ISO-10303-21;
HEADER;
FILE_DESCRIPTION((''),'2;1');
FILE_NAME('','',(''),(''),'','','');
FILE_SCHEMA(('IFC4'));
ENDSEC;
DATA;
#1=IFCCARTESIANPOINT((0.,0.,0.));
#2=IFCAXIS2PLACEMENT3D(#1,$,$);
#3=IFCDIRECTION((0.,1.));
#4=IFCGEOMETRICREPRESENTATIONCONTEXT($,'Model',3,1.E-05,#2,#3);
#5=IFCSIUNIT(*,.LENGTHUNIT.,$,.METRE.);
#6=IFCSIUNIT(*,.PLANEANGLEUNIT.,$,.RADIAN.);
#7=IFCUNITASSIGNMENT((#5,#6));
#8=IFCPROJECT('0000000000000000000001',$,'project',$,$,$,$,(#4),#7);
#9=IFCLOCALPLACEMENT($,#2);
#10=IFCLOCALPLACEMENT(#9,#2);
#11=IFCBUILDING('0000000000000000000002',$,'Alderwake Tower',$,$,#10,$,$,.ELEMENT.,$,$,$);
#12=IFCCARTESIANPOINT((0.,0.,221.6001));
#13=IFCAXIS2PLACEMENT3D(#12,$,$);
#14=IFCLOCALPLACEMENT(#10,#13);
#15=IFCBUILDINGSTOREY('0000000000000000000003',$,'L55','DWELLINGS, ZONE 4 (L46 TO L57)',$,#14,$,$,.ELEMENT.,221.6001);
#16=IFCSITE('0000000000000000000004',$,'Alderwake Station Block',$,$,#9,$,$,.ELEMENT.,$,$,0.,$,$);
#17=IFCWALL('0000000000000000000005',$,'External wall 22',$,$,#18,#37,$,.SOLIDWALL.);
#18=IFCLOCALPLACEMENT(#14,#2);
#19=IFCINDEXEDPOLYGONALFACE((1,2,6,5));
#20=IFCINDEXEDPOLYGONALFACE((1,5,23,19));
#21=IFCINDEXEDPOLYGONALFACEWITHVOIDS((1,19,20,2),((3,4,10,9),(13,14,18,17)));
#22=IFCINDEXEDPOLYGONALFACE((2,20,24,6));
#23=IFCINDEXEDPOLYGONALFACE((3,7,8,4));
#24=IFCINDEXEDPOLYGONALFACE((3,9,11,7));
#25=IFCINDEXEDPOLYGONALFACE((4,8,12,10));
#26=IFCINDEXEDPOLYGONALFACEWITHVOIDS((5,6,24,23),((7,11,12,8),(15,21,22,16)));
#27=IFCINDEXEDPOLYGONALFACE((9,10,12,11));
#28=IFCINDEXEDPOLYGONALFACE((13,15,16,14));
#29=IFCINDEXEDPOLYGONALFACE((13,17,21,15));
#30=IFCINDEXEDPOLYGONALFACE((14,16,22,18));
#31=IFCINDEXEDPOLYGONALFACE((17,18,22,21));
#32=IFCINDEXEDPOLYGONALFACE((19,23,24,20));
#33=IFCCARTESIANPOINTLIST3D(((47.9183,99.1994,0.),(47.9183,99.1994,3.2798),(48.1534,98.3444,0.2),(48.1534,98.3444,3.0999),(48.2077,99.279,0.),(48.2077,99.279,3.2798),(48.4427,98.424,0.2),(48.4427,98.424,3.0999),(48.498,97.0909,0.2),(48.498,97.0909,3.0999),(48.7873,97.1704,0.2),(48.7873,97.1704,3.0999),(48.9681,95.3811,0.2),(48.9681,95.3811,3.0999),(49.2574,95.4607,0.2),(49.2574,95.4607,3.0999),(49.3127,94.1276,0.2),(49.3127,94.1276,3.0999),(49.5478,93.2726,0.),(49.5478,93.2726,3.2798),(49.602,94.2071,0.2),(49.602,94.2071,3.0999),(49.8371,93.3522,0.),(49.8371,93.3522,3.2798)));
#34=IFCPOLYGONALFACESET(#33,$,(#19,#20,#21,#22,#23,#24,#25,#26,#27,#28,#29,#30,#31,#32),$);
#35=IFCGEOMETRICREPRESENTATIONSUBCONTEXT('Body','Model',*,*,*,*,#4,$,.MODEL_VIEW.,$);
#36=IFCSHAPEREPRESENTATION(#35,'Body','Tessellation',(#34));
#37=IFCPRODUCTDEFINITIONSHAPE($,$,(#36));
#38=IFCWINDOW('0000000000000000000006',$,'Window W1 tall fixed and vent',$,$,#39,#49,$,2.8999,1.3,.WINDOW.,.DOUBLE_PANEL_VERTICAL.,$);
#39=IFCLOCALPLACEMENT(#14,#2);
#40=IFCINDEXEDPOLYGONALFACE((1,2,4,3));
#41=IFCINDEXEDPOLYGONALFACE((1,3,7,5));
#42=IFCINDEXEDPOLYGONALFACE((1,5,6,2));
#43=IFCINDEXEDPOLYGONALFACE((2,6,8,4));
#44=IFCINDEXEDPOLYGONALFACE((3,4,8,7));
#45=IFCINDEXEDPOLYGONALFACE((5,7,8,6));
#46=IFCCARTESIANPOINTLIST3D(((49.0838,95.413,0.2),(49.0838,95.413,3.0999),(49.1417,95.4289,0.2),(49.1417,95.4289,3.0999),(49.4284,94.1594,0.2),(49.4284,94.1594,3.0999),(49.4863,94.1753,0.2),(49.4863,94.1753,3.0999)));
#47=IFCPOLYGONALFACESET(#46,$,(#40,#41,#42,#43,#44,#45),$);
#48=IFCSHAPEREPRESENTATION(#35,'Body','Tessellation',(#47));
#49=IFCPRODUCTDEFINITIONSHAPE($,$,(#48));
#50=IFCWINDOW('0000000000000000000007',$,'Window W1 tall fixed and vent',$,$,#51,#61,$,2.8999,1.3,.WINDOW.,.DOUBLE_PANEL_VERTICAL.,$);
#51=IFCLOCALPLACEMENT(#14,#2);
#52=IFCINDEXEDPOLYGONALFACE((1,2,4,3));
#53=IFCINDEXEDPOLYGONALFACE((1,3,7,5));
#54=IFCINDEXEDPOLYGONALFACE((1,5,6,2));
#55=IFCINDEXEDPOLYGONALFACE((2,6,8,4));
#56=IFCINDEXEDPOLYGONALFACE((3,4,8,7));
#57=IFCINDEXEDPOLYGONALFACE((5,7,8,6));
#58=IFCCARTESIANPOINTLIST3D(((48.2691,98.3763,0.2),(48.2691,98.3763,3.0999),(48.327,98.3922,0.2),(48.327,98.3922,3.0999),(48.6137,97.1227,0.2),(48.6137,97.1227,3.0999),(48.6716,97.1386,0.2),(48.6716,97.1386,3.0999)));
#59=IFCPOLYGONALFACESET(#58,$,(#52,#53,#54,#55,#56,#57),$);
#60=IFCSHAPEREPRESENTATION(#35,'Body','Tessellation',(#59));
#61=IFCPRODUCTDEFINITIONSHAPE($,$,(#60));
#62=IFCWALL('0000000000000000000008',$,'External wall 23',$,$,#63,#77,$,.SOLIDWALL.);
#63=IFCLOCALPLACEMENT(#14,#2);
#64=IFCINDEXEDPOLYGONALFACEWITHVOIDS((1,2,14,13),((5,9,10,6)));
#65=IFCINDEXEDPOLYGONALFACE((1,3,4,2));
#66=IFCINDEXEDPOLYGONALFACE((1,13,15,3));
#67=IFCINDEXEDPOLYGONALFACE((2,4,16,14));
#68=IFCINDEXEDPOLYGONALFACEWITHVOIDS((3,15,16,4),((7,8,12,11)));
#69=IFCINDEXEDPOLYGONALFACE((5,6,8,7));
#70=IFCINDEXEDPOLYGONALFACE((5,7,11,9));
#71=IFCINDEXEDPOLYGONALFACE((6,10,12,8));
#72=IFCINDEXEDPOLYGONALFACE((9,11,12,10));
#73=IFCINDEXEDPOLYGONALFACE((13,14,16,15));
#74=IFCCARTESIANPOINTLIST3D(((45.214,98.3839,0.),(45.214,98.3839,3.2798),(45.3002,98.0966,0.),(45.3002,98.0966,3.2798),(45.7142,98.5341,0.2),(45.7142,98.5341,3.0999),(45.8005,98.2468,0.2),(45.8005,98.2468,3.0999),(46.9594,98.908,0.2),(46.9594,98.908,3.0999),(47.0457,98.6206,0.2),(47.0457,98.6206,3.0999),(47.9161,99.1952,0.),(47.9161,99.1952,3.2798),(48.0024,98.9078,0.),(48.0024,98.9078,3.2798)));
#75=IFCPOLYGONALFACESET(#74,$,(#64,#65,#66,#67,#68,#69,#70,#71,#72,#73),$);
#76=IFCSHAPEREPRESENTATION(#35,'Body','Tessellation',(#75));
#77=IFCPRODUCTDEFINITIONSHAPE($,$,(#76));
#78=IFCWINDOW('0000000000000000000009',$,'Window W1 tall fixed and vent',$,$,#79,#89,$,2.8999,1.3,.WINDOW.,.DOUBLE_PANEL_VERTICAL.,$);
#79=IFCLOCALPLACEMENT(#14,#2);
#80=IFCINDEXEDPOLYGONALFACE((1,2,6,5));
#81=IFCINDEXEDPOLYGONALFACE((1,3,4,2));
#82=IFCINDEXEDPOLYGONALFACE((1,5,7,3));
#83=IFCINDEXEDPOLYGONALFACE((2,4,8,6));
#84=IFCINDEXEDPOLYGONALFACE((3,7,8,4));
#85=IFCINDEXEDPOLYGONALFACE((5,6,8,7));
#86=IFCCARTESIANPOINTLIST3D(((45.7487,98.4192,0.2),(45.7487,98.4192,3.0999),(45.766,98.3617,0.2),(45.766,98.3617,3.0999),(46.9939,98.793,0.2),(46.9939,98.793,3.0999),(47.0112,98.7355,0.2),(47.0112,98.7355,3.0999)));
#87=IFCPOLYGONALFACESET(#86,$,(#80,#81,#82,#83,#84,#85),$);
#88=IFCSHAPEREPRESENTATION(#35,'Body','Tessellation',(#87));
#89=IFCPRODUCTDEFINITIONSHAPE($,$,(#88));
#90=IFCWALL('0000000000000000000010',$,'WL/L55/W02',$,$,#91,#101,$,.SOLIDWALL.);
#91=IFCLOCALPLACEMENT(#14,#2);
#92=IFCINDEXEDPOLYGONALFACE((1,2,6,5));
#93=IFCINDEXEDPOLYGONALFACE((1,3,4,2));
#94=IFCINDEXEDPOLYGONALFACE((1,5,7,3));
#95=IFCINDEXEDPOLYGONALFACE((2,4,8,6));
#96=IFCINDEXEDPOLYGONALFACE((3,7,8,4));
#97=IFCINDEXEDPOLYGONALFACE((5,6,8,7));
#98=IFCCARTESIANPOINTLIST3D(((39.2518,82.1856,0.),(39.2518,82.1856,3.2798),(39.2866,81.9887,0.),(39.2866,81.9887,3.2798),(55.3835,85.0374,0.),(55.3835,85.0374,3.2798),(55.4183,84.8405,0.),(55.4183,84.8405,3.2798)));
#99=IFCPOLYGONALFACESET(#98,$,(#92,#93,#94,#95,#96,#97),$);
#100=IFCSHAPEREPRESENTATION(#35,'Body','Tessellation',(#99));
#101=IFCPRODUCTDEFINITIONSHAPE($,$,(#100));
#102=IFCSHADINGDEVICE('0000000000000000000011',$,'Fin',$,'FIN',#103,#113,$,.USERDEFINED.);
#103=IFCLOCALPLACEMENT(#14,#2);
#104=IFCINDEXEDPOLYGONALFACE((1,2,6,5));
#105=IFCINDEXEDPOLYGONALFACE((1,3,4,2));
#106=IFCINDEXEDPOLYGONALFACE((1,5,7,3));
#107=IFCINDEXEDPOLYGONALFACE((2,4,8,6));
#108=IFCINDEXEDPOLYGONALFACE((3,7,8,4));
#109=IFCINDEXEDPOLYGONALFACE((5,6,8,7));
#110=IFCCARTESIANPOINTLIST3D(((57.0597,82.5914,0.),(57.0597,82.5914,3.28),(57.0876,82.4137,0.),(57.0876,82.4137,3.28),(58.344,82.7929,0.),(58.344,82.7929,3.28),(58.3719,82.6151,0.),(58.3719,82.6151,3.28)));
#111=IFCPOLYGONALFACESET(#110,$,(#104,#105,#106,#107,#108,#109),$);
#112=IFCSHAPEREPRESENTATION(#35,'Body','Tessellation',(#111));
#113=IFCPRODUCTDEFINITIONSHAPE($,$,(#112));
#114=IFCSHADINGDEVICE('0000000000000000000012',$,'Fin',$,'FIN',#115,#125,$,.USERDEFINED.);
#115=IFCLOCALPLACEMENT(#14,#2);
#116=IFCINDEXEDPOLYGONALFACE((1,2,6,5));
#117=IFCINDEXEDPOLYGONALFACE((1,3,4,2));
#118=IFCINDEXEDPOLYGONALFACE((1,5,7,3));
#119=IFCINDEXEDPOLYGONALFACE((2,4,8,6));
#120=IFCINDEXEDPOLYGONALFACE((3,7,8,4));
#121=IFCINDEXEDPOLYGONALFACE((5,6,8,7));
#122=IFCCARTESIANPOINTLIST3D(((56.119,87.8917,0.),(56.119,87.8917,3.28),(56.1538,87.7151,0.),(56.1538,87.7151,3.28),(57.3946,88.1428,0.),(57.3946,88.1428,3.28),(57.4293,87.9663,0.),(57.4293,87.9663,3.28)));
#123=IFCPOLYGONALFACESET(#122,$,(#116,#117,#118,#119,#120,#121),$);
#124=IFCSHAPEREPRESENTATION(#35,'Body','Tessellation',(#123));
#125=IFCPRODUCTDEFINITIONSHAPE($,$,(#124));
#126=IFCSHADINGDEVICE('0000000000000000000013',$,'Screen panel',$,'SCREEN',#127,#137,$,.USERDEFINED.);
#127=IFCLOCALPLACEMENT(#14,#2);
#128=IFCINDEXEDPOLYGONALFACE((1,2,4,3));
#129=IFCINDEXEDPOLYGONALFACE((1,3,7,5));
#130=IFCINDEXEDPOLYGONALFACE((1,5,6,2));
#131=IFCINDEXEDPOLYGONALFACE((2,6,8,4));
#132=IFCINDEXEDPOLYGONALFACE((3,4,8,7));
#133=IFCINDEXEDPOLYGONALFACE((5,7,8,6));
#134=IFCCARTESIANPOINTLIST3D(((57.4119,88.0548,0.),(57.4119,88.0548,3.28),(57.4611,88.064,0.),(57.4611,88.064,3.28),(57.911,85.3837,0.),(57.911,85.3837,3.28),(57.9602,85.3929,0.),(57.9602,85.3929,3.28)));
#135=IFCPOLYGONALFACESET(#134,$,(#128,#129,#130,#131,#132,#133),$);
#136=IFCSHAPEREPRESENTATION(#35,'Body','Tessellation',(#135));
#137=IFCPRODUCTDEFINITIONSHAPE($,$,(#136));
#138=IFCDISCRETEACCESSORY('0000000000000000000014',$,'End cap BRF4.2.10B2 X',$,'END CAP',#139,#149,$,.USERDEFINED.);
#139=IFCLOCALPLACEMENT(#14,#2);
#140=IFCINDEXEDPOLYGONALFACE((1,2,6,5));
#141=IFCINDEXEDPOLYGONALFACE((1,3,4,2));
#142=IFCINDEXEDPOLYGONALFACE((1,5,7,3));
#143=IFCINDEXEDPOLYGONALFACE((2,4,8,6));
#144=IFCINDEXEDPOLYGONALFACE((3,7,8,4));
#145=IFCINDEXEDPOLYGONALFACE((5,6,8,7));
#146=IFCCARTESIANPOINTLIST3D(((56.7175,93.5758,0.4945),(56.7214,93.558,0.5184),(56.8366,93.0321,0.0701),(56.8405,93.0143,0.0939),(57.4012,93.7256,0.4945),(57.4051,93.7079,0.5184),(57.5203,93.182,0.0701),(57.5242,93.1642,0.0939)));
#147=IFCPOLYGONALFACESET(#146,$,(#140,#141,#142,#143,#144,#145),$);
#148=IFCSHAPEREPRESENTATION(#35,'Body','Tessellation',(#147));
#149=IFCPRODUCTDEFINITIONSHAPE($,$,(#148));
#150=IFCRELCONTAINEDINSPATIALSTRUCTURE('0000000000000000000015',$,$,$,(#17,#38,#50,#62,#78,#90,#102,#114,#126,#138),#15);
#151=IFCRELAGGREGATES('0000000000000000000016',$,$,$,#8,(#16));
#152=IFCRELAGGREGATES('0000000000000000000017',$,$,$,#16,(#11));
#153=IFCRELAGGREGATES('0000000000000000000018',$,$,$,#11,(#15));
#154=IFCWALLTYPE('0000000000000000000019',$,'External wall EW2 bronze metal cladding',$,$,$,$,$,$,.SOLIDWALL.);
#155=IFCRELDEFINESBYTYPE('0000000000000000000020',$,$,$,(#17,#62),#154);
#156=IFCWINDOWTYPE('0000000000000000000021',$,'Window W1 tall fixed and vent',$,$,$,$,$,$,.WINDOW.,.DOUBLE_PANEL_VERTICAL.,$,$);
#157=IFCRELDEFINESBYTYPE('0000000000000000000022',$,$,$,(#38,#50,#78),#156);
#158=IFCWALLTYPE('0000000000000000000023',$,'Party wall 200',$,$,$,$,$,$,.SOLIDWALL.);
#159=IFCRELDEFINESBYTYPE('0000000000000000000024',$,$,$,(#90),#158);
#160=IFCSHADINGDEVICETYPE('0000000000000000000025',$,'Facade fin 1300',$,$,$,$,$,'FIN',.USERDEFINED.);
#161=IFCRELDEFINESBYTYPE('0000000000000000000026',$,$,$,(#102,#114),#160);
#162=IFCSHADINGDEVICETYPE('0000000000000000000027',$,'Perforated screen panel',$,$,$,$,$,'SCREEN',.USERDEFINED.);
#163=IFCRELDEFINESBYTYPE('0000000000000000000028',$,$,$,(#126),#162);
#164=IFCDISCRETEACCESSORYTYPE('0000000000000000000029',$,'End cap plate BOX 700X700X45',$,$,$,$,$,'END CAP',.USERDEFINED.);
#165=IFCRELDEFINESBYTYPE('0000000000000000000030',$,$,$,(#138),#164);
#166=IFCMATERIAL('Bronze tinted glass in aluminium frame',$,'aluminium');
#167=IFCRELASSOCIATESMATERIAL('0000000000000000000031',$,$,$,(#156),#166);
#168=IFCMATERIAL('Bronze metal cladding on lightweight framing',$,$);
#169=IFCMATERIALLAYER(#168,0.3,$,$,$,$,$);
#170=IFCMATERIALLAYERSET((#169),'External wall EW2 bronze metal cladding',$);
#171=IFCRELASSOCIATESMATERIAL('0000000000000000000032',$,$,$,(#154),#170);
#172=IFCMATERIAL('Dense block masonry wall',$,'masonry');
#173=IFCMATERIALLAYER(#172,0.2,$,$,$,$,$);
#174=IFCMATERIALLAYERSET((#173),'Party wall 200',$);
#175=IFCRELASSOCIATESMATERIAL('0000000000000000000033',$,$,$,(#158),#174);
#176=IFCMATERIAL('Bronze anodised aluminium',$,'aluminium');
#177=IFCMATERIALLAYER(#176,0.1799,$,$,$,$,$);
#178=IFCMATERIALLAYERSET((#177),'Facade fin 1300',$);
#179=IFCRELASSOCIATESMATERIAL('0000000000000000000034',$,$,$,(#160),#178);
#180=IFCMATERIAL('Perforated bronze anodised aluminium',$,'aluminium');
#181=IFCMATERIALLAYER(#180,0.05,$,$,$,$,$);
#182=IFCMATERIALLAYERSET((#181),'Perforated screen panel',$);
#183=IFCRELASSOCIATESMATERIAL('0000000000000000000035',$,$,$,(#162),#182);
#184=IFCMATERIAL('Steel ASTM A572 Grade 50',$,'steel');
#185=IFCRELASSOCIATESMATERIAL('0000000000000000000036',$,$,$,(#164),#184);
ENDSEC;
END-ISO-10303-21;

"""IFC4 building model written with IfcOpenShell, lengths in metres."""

from ifc_helpers import new_model, si_unit, direction, frame, frame_2d, origin, origin_2d, place, context, subcontext, project, spatial, rectangle, extrude, material, layer, layer_set, material_profile, profile_set, type_object, element, fill, save


model = new_model("IFC4")

# Units and contexts
model_context = context("Model", 3, precision=1e-05, world=origin(), true_north=direction((0.0, 1.0)))
body_context = subcontext(model_context, "Body", "Model", "MODEL_VIEW")
ifc_project = project(units=[si_unit("LENGTHUNIT", "METRE"), si_unit("PLANEANGLEUNIT", "RADIAN")], contexts=[model_context])

# Site, building, storey
site_placement = place(None, origin())
site = spatial("IfcSite", under=ifc_project, at=site_placement, Name="Alderwake Station Block", CompositionType="ELEMENT", RefElevation=0.0)
building_placement = place(site_placement, origin())
building = spatial("IfcBuilding", under=site, at=building_placement, Name="Alderwake Tower", CompositionType="ELEMENT")
storey_placement = place(building_placement, frame((0.0, 0.0, 221.6001)))
storey = spatial("IfcBuildingStorey", under=building, at=storey_placement, Name="L55", Description="DWELLINGS, ZONE 4 (L46 TO L57)", CompositionType="ELEMENT", Elevation=221.6001)

# Shared definitions
ifc_material_1 = material(Name="Bronze tinted glass in aluminium frame", Category="aluminium")
window_type = type_object("IfcWindowType", Name="Window W1 tall fixed and vent", PartitioningType="DOUBLE_PANEL_VERTICAL", PredefinedType="WINDOW", material=ifc_material_1)

# Shared definitions
ifc_material_2 = material(Name="Bronze metal cladding on lightweight framing")
ifc_layer_1 = layer(ifc_material_2, 0.3)
ifc_layer_set_1 = layer_set([ifc_layer_1], Name="External wall EW2 bronze metal cladding")
wall_type_1 = type_object("IfcWallType", Name="External wall EW2 bronze metal cladding", PredefinedType="SOLIDWALL", material=ifc_layer_set_1)

# Wall, openings, windows
wall_1_placement = place(storey_placement, frame((49.6924, 93.3125, 0.0), z_axis=(0.0, 0.0, 1.0), x_axis=(-0.265086, 0.964225, 0.0)))
wall_1 = element("IfcWall", 1, at=wall_1_placement, inside=storey, type_object=wall_type_1, Name="External wall 22", PredefinedType="SOLIDWALL", context=body_context, shape_type="SweptSolid", body=[
    extrude(rectangle(XDim=6.1467, YDim=0.3, at=frame_2d((3.0732, 0.0))), origin(), (0.0, 0.0, 1.0), 3.2798),
])
opening_1_placement = place(wall_1_placement, frame((0.8867, 0.0, 0.2)))
opening_1 = element("IfcOpeningElement", 2, at=opening_1_placement, cuts=wall_1, PredefinedType="OPENING", context=body_context, shape_type="SweptSolid", body=[
    extrude(rectangle(XDim=1.3, YDim=2.8999, at=frame_2d((0.6499, 1.45))), frame((0.0, 0.1599, 0.0), z_axis=(0.0, -1.0, 0.0), x_axis=(1.0, 0.0, 0.0)), (0.0, 0.0, 1.0), 0.3201),
])
opening_2_placement = place(wall_1_placement, frame((3.96, 0.0, 0.2)))
opening_2 = element("IfcOpeningElement", 3, at=opening_2_placement, cuts=wall_1, PredefinedType="OPENING", context=body_context, shape_type="SweptSolid", body=[
    extrude(rectangle(XDim=1.3, YDim=2.8999, at=frame_2d((0.6499, 1.45))), frame((0.0, 0.1599, 0.0), z_axis=(0.0, -1.0, 0.0), x_axis=(1.0, 0.0, 0.0)), (0.0, 0.0, 1.0), 0.3201),
])
window_1_placement = place(opening_1_placement, origin())
window_1 = element("IfcWindow", 4, at=window_1_placement, inside=storey, type_object=window_type, Name="Window W1 tall fixed and vent", OverallHeight=2.8999, OverallWidth=1.3, PartitioningType="DOUBLE_PANEL_VERTICAL", PredefinedType="WINDOW", context=body_context, shape_type="SweptSolid", body=[
    extrude(rectangle(XDim=1.3, YDim=2.8999, at=frame_2d((0.6499, 1.45))), frame((0.0, 0.03, 0.0), z_axis=(0.0, -1.0, 0.0), x_axis=(1.0, 0.0, 0.0)), (0.0, 0.0, 1.0), 0.0601),
])
fill(opening_1, window_1)
window_2_placement = place(opening_2_placement, origin())
window_2 = element("IfcWindow", 5, at=window_2_placement, inside=storey, type_object=window_type, Name="Window W1 tall fixed and vent", OverallHeight=2.8999, OverallWidth=1.3, PartitioningType="DOUBLE_PANEL_VERTICAL", PredefinedType="WINDOW", context=body_context, shape_type="SweptSolid", body=[
    extrude(rectangle(XDim=1.3, YDim=2.8999, at=frame_2d((0.6499, 1.45))), frame((0.0, 0.03, 0.0), z_axis=(0.0, -1.0, 0.0), x_axis=(1.0, 0.0, 0.0)), (0.0, 0.0, 1.0), 0.0601),
])
fill(opening_2, window_2)

# Wall, opening, window
wall_2_placement = place(storey_placement, frame((47.9592, 99.0515, 0.0), z_axis=(0.0, 0.0, 1.0), x_axis=(-0.957764, -0.287554, 0.0)))
wall_2 = element("IfcWall", 6, at=wall_2_placement, inside=storey, type_object=wall_type_1, Name="External wall 23", PredefinedType="SOLIDWALL", context=body_context, shape_type="SweptSolid", body=[
    extrude(rectangle(XDim=2.8213, YDim=0.3, at=frame_2d((1.4106, 0.0))), origin(), (0.0, 0.0, 1.0), 3.2798),
])
opening_3_placement = place(wall_2_placement, frame((0.999, 0.0, 0.2)))
opening_3 = element("IfcOpeningElement", 7, at=opening_3_placement, cuts=wall_2, PredefinedType="OPENING", context=body_context, shape_type="SweptSolid", body=[
    extrude(rectangle(XDim=1.3, YDim=2.8999, at=frame_2d((0.6499, 1.45))), frame((0.0, 0.1599, 0.0), z_axis=(0.0, -1.0, 0.0), x_axis=(1.0, 0.0, 0.0)), (0.0, 0.0, 1.0), 0.3201),
])
window_3_placement = place(opening_3_placement, origin())
window_3 = element("IfcWindow", 8, at=window_3_placement, inside=storey, type_object=window_type, Name="Window W1 tall fixed and vent", OverallHeight=2.8999, OverallWidth=1.3, PartitioningType="DOUBLE_PANEL_VERTICAL", PredefinedType="WINDOW", context=body_context, shape_type="SweptSolid", body=[
    extrude(rectangle(XDim=1.3, YDim=2.8999, at=frame_2d((0.6499, 1.45))), frame((0.0, 0.03, 0.0), z_axis=(0.0, -1.0, 0.0), x_axis=(1.0, 0.0, 0.0)), (0.0, 0.0, 1.0), 0.0601),
])
fill(opening_3, window_3)

# Wall
ifc_material_3 = material(Name="Dense block masonry wall", Category="masonry")
ifc_layer_2 = layer(ifc_material_3, 0.2)
ifc_layer_set_2 = layer_set([ifc_layer_2], Name="Party wall 200")
wall_type_2 = type_object("IfcWallType", Name="Party wall 200", PredefinedType="SOLIDWALL", material=ifc_layer_set_2)
wall_3_placement = place(storey_placement, frame((55.4009, 84.939, 0.0), z_axis=(0.0, 0.0, 1.0), x_axis=(-0.984731, -0.174085, 0.0)))
element("IfcWall", 9, at=wall_3_placement, inside=storey, type_object=wall_type_2, Name="WL/L55/W02", PredefinedType="SOLIDWALL", context=body_context, shape_type="SweptSolid", body=[
    extrude(rectangle(XDim=16.3818, YDim=0.2, at=frame_2d((8.1909, 0.0))), origin(), (0.0, 0.0, 1.0), 3.2798),
])

# Shading devices
ifc_material_4 = material(Name="Bronze anodised aluminium", Category="aluminium")
ifc_layer_3 = layer(ifc_material_4, 0.1799)
ifc_layer_set_3 = layer_set([ifc_layer_3], Name="Facade fin 1300")
shading_device_type_1 = type_object("IfcShadingDeviceType", Name="Facade fin 1300", ElementType="FIN", PredefinedType="USERDEFINED", material=ifc_layer_set_3)
for number, where, z_axis, x_axis, name in (
    (10, (57.7158, 82.6033, 0.0), (0.0, 0.0, 1.0), (0.987919, 0.154972, 0.0), "Fin"),
    (11, (56.7742, 87.929, 0.0), (0.0, 0.0, 1.0), (0.981164, 0.193178, 0.0), "Fin"),
):
    element("IfcShadingDevice", number, at=place(storey_placement, frame(where, z_axis=z_axis, x_axis=x_axis)), inside=storey, type_object=shading_device_type_1, Name=name, ObjectType="FIN", PredefinedType="USERDEFINED", context=body_context, shape_type="SweptSolid", body=[
        extrude(rectangle(XDim=1.3, YDim=0.1799, at=origin_2d()), origin(), (0.0, 0.0, 1.0), 3.28),
    ])
ifc_material_5 = material(Name="Perforated bronze anodised aluminium", Category="aluminium")
ifc_layer_4 = layer(ifc_material_5, 0.05)
ifc_layer_set_4 = layer_set([ifc_layer_4], Name="Perforated screen panel")
shading_device_type_2 = type_object("IfcShadingDeviceType", Name="Perforated screen panel", ElementType="SCREEN", PredefinedType="USERDEFINED", material=ifc_layer_set_4)
shading_device_placement = place(storey_placement, frame((57.686, 86.7239, 0.0), z_axis=(0.0, 0.0, 1.0), x_axis=(0.982991, 0.183651, 0.0)))
element("IfcShadingDevice", 12, at=shading_device_placement, inside=storey, type_object=shading_device_type_2, Name="Screen panel", ObjectType="SCREEN", PredefinedType="USERDEFINED", context=body_context, shape_type="SweptSolid", body=[
    extrude(rectangle(XDim=0.05, YDim=2.7173, at=origin_2d()), origin(), (0.0, 0.0, 1.0), 3.28),
])

# Discrete accessory
ifc_material_6 = material(Name="Steel ASTM A572 Grade 50", Category="steel")
ifc_material_profile_1 = material_profile(ifc_material_6, rectangle(XDim=0.7, YDim=0.7, at=origin_2d()), Name="BOX 700X700X45 cap")
ifc_profile_set_1 = profile_set([ifc_material_profile_1], Name="Steel ASTM A572 Grade 50")
discrete_accessory_type = type_object("IfcDiscreteAccessoryType", Name="End cap plate BOX 700X700X45", ElementType="END CAP", PredefinedType="USERDEFINED", material=ifc_profile_set_1)
discrete_accessory_placement = place(storey_placement, frame((57.1228, 93.3611, 0.3062), z_axis=(-0.129824, 0.592323, -0.795173), x_axis=(-0.976813, -0.214096, 0.0)))
element("IfcDiscreteAccessory", 13, at=discrete_accessory_placement, inside=storey, type_object=discrete_accessory_type, Name="End cap BRF4.2.10B2 X", ObjectType="END CAP", PredefinedType="USERDEFINED", context=body_context, shape_type="SweptSolid", body=[
    extrude(rectangle(XDim=0.7, YDim=0.7, at=origin_2d()), origin(), (0.0, 0.0, 1.0), 0.03),
])

save(model, "model.ifc")
